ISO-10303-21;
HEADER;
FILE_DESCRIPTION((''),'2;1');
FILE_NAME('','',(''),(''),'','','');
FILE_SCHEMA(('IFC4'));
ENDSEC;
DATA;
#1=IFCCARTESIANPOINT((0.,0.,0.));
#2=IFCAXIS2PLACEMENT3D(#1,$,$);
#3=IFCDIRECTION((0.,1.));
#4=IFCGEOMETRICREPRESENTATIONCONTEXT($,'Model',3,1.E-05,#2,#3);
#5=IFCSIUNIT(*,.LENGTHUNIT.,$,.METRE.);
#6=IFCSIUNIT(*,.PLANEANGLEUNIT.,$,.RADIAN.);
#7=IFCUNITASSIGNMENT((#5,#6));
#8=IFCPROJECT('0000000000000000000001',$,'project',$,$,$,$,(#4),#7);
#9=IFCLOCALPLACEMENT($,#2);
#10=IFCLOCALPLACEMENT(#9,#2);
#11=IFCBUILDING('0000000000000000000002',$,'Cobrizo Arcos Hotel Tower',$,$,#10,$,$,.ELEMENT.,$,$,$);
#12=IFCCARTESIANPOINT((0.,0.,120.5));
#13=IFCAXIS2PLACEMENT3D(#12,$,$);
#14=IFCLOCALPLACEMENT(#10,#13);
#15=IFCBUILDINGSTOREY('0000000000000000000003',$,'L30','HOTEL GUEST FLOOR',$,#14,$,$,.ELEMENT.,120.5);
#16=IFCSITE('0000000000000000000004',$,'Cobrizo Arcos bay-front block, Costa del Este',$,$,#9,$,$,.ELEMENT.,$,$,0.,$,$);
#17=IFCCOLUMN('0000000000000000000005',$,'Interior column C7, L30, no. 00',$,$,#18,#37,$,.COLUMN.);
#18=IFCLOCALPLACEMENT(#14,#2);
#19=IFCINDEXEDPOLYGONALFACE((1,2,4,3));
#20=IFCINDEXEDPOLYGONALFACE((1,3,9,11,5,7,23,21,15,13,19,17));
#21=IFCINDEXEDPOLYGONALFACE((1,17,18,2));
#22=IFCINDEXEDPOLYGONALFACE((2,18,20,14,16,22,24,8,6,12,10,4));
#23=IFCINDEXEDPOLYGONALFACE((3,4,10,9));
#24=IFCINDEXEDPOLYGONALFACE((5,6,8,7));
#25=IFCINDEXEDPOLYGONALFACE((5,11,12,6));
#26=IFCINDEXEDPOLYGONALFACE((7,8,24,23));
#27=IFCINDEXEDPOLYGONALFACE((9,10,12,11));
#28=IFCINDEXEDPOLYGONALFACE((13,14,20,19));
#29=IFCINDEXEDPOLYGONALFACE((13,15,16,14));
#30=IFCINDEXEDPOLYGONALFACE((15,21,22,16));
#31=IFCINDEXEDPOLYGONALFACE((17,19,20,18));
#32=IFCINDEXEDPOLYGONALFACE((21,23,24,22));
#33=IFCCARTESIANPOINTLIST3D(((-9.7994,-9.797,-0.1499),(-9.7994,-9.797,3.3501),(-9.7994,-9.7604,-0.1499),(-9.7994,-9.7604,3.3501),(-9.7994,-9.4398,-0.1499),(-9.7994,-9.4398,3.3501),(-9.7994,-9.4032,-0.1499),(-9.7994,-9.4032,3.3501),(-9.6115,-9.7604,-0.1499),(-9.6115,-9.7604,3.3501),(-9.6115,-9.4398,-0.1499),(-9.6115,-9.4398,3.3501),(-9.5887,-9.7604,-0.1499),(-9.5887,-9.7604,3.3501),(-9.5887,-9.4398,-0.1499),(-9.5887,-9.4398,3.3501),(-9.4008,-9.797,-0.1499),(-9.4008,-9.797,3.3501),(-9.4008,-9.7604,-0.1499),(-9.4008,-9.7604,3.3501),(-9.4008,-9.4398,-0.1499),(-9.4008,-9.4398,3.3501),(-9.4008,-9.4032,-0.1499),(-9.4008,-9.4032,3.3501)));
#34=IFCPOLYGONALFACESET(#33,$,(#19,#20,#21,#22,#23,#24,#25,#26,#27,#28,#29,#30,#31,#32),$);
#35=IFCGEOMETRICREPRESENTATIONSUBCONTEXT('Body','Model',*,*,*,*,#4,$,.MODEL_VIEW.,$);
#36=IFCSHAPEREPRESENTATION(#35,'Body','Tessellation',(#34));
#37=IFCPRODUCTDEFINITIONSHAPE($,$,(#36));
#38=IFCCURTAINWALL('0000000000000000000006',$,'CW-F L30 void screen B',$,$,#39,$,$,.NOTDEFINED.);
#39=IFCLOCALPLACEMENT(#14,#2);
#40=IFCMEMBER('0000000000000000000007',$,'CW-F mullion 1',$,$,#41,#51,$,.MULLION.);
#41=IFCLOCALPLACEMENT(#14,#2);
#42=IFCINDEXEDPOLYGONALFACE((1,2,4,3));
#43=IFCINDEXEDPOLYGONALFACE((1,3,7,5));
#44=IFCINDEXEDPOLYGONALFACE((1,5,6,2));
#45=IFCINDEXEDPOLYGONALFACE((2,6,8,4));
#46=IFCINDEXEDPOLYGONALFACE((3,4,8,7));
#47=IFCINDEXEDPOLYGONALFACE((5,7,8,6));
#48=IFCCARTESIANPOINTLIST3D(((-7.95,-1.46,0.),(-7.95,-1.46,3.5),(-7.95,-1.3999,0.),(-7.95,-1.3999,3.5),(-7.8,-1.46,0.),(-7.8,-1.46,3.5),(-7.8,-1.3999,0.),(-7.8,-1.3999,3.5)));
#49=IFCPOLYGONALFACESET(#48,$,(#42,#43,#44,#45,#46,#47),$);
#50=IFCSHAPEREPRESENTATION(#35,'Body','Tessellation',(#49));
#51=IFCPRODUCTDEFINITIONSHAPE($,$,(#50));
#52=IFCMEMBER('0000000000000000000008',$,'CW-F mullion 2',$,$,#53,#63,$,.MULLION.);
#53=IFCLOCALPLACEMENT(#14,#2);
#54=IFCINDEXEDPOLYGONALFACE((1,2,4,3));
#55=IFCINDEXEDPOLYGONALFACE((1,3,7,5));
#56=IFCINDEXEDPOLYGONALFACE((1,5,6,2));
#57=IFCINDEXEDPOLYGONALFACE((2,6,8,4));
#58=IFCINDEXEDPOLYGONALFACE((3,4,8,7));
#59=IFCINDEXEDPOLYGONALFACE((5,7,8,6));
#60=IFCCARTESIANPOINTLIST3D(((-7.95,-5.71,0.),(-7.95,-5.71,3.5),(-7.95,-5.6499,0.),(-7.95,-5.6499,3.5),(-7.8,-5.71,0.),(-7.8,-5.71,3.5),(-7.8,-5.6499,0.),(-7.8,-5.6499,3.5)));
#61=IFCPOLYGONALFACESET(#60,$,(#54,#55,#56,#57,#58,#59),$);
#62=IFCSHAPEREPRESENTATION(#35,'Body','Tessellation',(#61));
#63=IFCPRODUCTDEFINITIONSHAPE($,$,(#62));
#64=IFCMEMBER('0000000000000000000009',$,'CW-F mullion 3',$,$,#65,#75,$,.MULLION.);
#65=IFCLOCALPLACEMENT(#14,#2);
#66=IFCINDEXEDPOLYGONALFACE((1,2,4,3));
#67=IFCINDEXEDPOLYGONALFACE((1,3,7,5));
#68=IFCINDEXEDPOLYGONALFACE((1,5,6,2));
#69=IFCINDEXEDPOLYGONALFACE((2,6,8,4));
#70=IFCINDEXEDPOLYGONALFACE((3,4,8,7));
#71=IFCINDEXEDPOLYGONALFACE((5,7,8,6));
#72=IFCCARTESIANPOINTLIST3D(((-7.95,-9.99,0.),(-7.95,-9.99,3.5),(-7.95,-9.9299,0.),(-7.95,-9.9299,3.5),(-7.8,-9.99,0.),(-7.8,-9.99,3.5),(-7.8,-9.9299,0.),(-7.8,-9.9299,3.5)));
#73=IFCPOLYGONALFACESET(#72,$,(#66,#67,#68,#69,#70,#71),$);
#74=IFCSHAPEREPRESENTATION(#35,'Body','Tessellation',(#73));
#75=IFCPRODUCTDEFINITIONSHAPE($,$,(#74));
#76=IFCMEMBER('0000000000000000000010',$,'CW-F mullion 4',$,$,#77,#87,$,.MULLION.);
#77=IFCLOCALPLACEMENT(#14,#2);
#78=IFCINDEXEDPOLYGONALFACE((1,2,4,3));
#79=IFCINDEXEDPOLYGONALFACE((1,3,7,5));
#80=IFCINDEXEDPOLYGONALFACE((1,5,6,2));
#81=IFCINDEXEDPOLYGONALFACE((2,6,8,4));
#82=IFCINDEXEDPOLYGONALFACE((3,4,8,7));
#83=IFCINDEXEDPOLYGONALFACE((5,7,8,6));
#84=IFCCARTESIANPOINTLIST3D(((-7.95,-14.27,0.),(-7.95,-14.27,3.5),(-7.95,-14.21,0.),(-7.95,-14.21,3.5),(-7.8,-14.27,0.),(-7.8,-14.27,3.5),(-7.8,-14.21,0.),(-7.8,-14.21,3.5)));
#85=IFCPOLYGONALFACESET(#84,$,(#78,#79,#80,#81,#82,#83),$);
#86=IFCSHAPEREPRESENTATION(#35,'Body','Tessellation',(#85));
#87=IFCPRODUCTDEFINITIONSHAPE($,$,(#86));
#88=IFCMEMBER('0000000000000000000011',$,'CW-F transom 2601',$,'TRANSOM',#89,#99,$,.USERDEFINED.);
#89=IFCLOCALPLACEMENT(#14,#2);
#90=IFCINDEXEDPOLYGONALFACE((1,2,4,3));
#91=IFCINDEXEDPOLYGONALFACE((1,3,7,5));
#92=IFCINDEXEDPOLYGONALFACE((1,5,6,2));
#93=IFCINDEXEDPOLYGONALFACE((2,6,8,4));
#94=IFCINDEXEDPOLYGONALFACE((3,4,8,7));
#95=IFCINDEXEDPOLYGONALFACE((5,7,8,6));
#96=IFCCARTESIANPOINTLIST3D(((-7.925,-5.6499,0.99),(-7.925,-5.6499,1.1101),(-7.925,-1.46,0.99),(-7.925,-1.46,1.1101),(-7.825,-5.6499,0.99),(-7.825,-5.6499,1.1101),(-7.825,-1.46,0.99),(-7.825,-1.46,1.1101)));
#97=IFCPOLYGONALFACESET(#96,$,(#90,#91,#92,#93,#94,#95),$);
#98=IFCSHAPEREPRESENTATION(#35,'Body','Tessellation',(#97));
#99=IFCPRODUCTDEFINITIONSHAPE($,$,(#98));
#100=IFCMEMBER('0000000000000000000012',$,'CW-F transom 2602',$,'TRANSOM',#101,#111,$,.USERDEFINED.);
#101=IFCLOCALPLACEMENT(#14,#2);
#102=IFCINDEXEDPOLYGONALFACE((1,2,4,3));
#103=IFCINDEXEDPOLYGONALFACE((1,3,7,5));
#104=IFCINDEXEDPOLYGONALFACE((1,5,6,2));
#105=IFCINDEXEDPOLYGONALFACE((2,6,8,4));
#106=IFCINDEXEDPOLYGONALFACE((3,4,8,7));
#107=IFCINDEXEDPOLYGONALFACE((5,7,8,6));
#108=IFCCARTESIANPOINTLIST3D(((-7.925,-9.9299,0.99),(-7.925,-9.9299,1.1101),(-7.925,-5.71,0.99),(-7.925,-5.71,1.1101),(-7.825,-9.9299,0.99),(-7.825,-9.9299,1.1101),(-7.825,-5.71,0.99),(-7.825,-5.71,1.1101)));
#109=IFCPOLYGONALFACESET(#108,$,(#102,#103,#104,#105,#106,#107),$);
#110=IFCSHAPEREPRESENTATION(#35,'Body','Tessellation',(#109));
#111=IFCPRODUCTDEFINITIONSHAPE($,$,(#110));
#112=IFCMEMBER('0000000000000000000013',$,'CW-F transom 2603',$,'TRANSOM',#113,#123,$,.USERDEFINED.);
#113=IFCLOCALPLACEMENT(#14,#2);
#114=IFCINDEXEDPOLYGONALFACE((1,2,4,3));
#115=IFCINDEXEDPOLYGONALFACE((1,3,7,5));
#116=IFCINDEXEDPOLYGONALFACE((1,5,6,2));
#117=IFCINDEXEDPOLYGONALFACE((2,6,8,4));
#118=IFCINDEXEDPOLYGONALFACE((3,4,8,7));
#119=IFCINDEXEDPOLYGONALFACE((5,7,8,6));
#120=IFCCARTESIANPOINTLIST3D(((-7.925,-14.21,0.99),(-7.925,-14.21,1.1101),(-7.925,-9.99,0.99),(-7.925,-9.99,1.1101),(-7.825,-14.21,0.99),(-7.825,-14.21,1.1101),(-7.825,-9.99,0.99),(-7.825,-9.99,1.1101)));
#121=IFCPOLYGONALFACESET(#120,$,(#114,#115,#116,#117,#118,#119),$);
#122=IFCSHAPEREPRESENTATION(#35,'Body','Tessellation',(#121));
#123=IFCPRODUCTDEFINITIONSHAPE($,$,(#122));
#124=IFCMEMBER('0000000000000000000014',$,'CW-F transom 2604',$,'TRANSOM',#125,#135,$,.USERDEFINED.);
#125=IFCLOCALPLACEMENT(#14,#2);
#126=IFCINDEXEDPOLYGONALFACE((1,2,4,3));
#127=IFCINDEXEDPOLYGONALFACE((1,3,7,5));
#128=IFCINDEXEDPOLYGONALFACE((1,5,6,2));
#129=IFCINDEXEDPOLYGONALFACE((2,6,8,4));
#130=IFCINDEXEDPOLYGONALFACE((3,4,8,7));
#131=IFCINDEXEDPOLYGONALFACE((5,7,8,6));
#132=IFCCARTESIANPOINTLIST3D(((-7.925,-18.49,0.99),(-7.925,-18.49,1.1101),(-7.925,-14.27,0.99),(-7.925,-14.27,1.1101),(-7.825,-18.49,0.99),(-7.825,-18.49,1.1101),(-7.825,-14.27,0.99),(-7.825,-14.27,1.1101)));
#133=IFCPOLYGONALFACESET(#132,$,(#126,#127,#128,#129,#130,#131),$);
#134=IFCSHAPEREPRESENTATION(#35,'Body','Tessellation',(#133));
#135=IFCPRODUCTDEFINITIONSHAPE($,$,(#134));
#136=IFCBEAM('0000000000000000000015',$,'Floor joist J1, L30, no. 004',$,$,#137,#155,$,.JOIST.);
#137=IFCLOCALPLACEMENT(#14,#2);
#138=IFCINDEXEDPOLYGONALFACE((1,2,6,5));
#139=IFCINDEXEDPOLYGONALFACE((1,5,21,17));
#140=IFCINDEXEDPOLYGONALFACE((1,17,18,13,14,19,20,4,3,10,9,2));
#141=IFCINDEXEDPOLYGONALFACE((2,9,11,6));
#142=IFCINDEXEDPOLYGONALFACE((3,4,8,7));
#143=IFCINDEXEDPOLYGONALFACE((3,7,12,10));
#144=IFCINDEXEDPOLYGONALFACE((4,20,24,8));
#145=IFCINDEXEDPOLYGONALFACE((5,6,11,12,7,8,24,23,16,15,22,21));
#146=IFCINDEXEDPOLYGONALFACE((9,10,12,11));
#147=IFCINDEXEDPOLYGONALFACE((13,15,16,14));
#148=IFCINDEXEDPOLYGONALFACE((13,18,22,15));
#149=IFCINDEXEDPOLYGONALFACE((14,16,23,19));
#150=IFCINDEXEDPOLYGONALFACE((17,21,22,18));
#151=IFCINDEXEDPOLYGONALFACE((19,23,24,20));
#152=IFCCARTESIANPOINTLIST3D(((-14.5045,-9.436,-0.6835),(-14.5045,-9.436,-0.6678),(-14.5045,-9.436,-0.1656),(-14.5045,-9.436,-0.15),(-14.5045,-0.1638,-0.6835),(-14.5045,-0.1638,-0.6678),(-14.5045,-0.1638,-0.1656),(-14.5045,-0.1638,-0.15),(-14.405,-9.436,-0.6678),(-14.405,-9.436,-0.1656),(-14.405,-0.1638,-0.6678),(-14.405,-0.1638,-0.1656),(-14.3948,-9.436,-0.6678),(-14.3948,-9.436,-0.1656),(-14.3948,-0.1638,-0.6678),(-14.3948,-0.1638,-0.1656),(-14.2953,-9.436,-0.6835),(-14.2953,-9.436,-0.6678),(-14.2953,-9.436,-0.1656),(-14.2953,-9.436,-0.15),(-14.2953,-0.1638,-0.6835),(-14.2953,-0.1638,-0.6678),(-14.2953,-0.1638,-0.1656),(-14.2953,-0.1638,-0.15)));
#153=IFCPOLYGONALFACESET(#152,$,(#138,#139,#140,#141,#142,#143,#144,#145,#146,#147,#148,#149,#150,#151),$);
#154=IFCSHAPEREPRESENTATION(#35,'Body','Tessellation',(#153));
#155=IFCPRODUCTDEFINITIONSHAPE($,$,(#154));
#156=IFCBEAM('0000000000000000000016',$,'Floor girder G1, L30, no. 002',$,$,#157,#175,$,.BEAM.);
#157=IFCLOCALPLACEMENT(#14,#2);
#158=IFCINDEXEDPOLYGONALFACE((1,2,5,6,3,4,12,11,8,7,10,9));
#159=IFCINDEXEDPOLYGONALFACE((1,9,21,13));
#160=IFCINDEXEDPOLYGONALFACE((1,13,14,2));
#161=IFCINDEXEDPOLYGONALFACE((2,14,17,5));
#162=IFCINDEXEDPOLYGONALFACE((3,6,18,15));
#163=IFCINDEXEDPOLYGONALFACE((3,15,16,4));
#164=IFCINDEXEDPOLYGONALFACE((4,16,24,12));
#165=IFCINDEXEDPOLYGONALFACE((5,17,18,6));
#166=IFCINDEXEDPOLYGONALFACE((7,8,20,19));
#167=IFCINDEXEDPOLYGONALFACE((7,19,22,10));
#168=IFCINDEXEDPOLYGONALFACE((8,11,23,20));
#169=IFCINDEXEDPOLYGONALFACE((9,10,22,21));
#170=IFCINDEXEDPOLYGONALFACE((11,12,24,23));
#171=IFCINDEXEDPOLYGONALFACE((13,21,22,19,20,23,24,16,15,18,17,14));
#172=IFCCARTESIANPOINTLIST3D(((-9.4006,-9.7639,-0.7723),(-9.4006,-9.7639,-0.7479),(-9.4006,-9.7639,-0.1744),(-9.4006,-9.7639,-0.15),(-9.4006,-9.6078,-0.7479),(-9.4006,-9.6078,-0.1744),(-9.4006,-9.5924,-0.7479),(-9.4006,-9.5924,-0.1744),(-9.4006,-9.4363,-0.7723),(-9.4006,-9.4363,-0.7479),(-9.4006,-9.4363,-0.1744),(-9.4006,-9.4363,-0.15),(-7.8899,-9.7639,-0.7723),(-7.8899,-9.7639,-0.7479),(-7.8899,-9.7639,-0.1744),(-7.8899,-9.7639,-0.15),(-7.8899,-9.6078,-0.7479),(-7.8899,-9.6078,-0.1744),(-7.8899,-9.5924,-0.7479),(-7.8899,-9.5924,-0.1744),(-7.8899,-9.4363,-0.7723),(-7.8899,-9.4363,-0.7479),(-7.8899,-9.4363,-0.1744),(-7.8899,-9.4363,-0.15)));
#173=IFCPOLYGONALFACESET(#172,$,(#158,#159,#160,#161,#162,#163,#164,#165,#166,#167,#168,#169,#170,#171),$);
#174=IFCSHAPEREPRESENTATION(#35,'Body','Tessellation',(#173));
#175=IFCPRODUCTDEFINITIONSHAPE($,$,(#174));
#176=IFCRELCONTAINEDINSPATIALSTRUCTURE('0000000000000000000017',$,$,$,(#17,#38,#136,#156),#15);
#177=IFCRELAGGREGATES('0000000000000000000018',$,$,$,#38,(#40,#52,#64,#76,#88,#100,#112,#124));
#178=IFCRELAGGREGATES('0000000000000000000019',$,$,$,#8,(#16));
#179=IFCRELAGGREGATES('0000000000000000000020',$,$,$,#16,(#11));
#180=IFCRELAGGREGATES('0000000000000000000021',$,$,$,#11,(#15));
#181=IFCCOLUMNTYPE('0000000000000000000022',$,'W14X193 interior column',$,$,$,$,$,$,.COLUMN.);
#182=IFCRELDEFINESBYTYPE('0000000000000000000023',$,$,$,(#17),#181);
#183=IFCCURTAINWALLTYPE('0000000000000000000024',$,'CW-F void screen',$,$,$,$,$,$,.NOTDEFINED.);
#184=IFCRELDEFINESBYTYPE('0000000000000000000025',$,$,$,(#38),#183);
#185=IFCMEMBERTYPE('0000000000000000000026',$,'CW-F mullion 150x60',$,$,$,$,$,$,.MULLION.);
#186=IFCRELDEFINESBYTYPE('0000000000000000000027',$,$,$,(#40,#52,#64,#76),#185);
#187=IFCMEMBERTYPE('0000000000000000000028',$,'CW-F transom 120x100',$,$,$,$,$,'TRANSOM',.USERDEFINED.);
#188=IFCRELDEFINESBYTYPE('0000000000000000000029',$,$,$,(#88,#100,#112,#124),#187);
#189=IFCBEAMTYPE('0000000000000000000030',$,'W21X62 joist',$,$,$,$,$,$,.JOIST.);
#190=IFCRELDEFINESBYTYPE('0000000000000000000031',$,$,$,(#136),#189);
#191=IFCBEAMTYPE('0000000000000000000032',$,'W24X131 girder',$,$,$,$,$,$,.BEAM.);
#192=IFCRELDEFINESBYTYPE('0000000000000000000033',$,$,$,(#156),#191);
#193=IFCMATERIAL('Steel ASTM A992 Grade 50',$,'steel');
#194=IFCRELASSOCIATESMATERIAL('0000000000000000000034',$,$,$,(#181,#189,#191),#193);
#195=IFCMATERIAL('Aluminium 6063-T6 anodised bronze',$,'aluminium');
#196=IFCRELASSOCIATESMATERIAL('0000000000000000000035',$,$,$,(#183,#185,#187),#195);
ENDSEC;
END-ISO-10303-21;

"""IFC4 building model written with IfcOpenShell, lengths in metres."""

from ifc_helpers import new_model, si_unit, direction, frame, origin, origin_2d, place, context, subcontext, project, spatial, rectangle, i_section, extrude, material, material_profile, profile_set, type_object, element, aggregate, save


model = new_model("IFC4")

# Units and contexts
model_context = context("Model", 3, precision=1e-05, world=origin(), true_north=direction((0.0, 1.0)))
body_context = subcontext(model_context, "Body", "Model", "MODEL_VIEW")
ifc_project = project(units=[si_unit("LENGTHUNIT", "METRE"), si_unit("PLANEANGLEUNIT", "RADIAN")], contexts=[model_context])

# Site, building, storey
site_placement = place(None, origin())
site = spatial("IfcSite", under=ifc_project, at=site_placement, Name="Cobrizo Arcos bay-front block, Costa del Este", CompositionType="ELEMENT", RefElevation=0.0)
building_placement = place(site_placement, origin())
building = spatial("IfcBuilding", under=site, at=building_placement, Name="Cobrizo Arcos Hotel Tower", CompositionType="ELEMENT")
storey_placement = place(building_placement, frame((0.0, 0.0, 120.5)))
storey = spatial("IfcBuildingStorey", under=building, at=storey_placement, Name="L30", Description="HOTEL GUEST FLOOR", CompositionType="ELEMENT", Elevation=120.5)

# Column
ifc_material_1 = material(Name="Steel ASTM A992 Grade 50", Category="steel")
ifc_material_profile_1 = material_profile(ifc_material_1, i_section(OverallWidth=0.3987, OverallDepth=0.3938, WebThickness=0.0227, FlangeThickness=0.0366, at=origin_2d()), Name="W14X193")
ifc_profile_set_1 = profile_set([ifc_material_profile_1], Name="Steel ASTM A992 Grade 50")
column_type = type_object("IfcColumnType", Name="W14X193 interior column", PredefinedType="COLUMN", material=ifc_profile_set_1)
column_placement = place(storey_placement, frame((-9.6001, -9.6001, -0.1499), z_axis=(0.0, 0.0, 1.0), x_axis=(1.0, 0.0, 0.0)))
element("IfcColumn", 1, at=column_placement, inside=storey, type_object=column_type, Name="Interior column C7, L30, no. 00", PredefinedType="COLUMN", context=body_context, shape_type="SweptSolid", body=[
    extrude(i_section(OverallWidth=0.3987, OverallDepth=0.3938, WebThickness=0.0227, FlangeThickness=0.0366, at=origin_2d()), origin(), (0.0, 0.0, 1.0), 3.5),
])

# Curtain wall, members
ifc_material_2 = material(Name="Aluminium 6063-T6 anodised bronze", Category="aluminium")
curtain_wall_type = type_object("IfcCurtainWallType", Name="CW-F void screen", PredefinedType="NOTDEFINED", material=ifc_material_2)
curtain_wall_placement = place(storey_placement, origin())
curtain_wall = element("IfcCurtainWall", 2, at=curtain_wall_placement, inside=storey, type_object=curtain_wall_type, Name="CW-F L30 void screen B", PredefinedType="NOTDEFINED")
ifc_material_profile_2 = material_profile(ifc_material_2, rectangle(XDim=0.1499, YDim=0.0601, at=origin_2d()), Name="CW-F mullion 150x60")
ifc_profile_set_2 = profile_set([ifc_material_profile_2], Name="Aluminium 6063-T6 anodised bronze")
member_type_1 = type_object("IfcMemberType", Name="CW-F mullion 150x60", PredefinedType="MULLION", material=ifc_profile_set_2)
member_1_placement = place(storey_placement, frame((-7.875, -1.4299, 0.0), z_axis=(0.0, 0.0, 1.0), x_axis=(-1.0, 0.0, 0.0)))
member_1 = element("IfcMember", 3, at=member_1_placement, type_object=member_type_1, Name="CW-F mullion 1", PredefinedType="MULLION", context=body_context, shape_type="SweptSolid", body=[
    extrude(rectangle(XDim=0.1499, YDim=0.0601, at=origin_2d()), origin(), (0.0, 0.0, 1.0), 3.5),
])
member_2_placement = place(storey_placement, frame((-7.875, -5.6799, 0.0), z_axis=(0.0, 0.0, 1.0), x_axis=(-1.0, 0.0, 0.0)))
member_2 = element("IfcMember", 4, at=member_2_placement, type_object=member_type_1, Name="CW-F mullion 2", PredefinedType="MULLION", context=body_context, shape_type="SweptSolid", body=[
    extrude(rectangle(XDim=0.1499, YDim=0.0601, at=origin_2d()), origin(), (0.0, 0.0, 1.0), 3.5),
])
member_3_placement = place(storey_placement, frame((-7.875, -9.96, 0.0), z_axis=(0.0, 0.0, 1.0), x_axis=(-1.0, 0.0, 0.0)))
member_3 = element("IfcMember", 5, at=member_3_placement, type_object=member_type_1, Name="CW-F mullion 3", PredefinedType="MULLION", context=body_context, shape_type="SweptSolid", body=[
    extrude(rectangle(XDim=0.1499, YDim=0.0601, at=origin_2d()), origin(), (0.0, 0.0, 1.0), 3.5),
])
member_4_placement = place(storey_placement, frame((-7.875, -14.24, 0.0), z_axis=(0.0, 0.0, 1.0), x_axis=(-1.0, 0.0, 0.0)))
member_4 = element("IfcMember", 6, at=member_4_placement, type_object=member_type_1, Name="CW-F mullion 4", PredefinedType="MULLION", context=body_context, shape_type="SweptSolid", body=[
    extrude(rectangle(XDim=0.1499, YDim=0.0601, at=origin_2d()), origin(), (0.0, 0.0, 1.0), 3.5),
])
ifc_material_profile_3 = material_profile(ifc_material_2, rectangle(XDim=0.1001, YDim=0.1201, at=origin_2d()), Name="CW-F transom 120x100")
ifc_profile_set_3 = profile_set([ifc_material_profile_3], Name="Aluminium 6063-T6 anodised bronze")
member_type_2 = type_object("IfcMemberType", Name="CW-F transom 120x100", ElementType="TRANSOM", PredefinedType="USERDEFINED", material=ifc_profile_set_3)
member_5_placement = place(storey_placement, frame((-7.875, -1.46, 1.05), z_axis=(0.0, -1.0, 0.0), x_axis=(1.0, 0.0, 0.0)))
member_5 = element("IfcMember", 7, at=member_5_placement, type_object=member_type_2, Name="CW-F transom 2601", ObjectType="TRANSOM", PredefinedType="USERDEFINED", context=body_context, shape_type="SweptSolid", body=[
    extrude(rectangle(XDim=0.1001, YDim=0.1201, at=origin_2d()), origin(), (0.0, 0.0, 1.0), 4.1899),
])
member_6_placement = place(storey_placement, frame((-7.875, -5.71, 1.05), z_axis=(0.0, -1.0, 0.0), x_axis=(1.0, 0.0, 0.0)))
member_6 = element("IfcMember", 8, at=member_6_placement, type_object=member_type_2, Name="CW-F transom 2602", ObjectType="TRANSOM", PredefinedType="USERDEFINED", context=body_context, shape_type="SweptSolid", body=[
    extrude(rectangle(XDim=0.1001, YDim=0.1201, at=origin_2d()), origin(), (0.0, 0.0, 1.0), 4.22),
])
member_7_placement = place(storey_placement, frame((-7.875, -9.99, 1.05), z_axis=(0.0, -1.0, 0.0), x_axis=(1.0, 0.0, 0.0)))
member_7 = element("IfcMember", 9, at=member_7_placement, type_object=member_type_2, Name="CW-F transom 2603", ObjectType="TRANSOM", PredefinedType="USERDEFINED", context=body_context, shape_type="SweptSolid", body=[
    extrude(rectangle(XDim=0.1001, YDim=0.1201, at=origin_2d()), origin(), (0.0, 0.0, 1.0), 4.22),
])
member_8_placement = place(storey_placement, frame((-7.875, -14.27, 1.05), z_axis=(0.0, -1.0, 0.0), x_axis=(1.0, 0.0, 0.0)))
member_8 = element("IfcMember", 10, at=member_8_placement, type_object=member_type_2, Name="CW-F transom 2604", ObjectType="TRANSOM", PredefinedType="USERDEFINED", context=body_context, shape_type="SweptSolid", body=[
    extrude(rectangle(XDim=0.1001, YDim=0.1201, at=origin_2d()), origin(), (0.0, 0.0, 1.0), 4.22),
])

# Beams
ifc_material_profile_4 = material_profile(ifc_material_1, i_section(OverallWidth=0.2092, OverallDepth=0.5334, WebThickness=0.0103, FlangeThickness=0.0156, at=origin_2d()), Name="W21X62")
ifc_profile_set_4 = profile_set([ifc_material_profile_4], Name="Steel ASTM A992 Grade 50")
beam_type_1 = type_object("IfcBeamType", Name="W21X62 joist", PredefinedType="JOIST", material=ifc_profile_set_4)
beam_1_placement = place(storey_placement, frame((-14.3999, -9.436, -0.4167), z_axis=(0.0, 1.0, 0.0), x_axis=(-1.0, 0.0, 0.0)))
element("IfcBeam", 11, at=beam_1_placement, inside=storey, type_object=beam_type_1, Name="Floor joist J1, L30, no. 004", PredefinedType="JOIST", context=body_context, shape_type="SweptSolid", body=[
    extrude(i_section(OverallWidth=0.2092, OverallDepth=0.5334, WebThickness=0.0103, FlangeThickness=0.0156, at=origin_2d()), origin(), (0.0, 0.0, 1.0), 9.2722),
])
ifc_material_profile_5 = material_profile(ifc_material_1, i_section(OverallWidth=0.3276, OverallDepth=0.6223, WebThickness=0.0154, FlangeThickness=0.0244, at=origin_2d()), Name="W24X131")
ifc_profile_set_5 = profile_set([ifc_material_profile_5], Name="Steel ASTM A992 Grade 50")
beam_type_2 = type_object("IfcBeamType", Name="W24X131 girder", PredefinedType="BEAM", material=ifc_profile_set_5)
beam_2_placement = place(storey_placement, frame((-9.4006, -9.6001, -0.4612), z_axis=(1.0, 0.0, 0.0), x_axis=(0.0, 1.0, 0.0)))
element("IfcBeam", 12, at=beam_2_placement, inside=storey, type_object=beam_type_2, Name="Floor girder G1, L30, no. 002", PredefinedType="BEAM", context=body_context, shape_type="SweptSolid", body=[
    extrude(i_section(OverallWidth=0.3276, OverallDepth=0.6223, WebThickness=0.0154, FlangeThickness=0.0244, at=origin_2d()), origin(), (0.0, 0.0, 1.0), 1.5107),
])

aggregate(curtain_wall, [member_1, member_2, member_3, member_4, member_5, member_6, member_7, member_8])

save(model, "model.ifc")
